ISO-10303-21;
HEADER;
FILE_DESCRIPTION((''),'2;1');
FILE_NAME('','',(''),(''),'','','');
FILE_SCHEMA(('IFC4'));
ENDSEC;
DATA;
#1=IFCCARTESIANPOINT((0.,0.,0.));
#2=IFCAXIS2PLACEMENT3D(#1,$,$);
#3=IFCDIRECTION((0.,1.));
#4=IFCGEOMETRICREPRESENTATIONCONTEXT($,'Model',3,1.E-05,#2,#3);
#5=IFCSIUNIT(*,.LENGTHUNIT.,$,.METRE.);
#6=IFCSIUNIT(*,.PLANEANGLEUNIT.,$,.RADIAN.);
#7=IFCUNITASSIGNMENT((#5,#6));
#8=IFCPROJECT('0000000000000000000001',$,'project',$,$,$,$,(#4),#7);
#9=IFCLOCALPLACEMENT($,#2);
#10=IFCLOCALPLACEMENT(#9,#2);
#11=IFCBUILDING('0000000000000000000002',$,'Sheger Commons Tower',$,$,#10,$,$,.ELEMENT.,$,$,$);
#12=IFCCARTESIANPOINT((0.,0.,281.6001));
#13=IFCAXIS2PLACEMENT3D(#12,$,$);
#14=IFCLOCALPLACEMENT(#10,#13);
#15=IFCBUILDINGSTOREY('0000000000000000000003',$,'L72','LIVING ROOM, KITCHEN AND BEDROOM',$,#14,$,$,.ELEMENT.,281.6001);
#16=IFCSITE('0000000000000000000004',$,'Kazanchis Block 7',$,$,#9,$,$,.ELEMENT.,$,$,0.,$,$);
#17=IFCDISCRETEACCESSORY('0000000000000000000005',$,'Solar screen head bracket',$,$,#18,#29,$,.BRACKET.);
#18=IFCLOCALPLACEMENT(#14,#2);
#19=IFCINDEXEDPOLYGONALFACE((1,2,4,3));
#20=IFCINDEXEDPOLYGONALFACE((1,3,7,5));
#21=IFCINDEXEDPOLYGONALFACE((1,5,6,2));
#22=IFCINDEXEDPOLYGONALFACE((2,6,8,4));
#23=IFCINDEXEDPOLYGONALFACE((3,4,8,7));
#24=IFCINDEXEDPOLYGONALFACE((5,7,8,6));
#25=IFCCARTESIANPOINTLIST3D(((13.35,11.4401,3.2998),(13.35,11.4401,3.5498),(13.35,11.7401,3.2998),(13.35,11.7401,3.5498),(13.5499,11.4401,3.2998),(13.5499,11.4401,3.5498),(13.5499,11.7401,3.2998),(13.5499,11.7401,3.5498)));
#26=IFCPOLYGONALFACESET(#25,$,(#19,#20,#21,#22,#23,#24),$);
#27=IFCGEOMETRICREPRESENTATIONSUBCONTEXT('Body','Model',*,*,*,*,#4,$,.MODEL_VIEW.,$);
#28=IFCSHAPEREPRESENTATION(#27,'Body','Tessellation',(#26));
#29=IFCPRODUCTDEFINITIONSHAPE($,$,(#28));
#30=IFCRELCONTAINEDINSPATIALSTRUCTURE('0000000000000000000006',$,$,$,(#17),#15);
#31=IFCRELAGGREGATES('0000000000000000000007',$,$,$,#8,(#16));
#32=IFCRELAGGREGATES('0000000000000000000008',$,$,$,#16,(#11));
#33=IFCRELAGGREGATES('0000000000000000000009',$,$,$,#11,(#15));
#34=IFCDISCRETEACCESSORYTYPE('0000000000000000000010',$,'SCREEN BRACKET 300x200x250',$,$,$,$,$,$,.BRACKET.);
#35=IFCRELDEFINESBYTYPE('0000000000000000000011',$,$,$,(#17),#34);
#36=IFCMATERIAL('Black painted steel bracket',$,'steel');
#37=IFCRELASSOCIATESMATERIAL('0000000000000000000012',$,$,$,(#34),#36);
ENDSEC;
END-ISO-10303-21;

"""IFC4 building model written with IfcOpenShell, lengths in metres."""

from ifc_helpers import new_model, si_unit, direction, frame, origin, origin_2d, place, context, subcontext, project, spatial, rectangle, extrude, material, type_object, element, save


model = new_model("IFC4")

# Units and contexts
model_context = context("Model", 3, precision=1e-05, world=origin(), true_north=direction((0.0, 1.0)))
body_context = subcontext(model_context, "Body", "Model", "MODEL_VIEW")
ifc_project = project(units=[si_unit("LENGTHUNIT", "METRE"), si_unit("PLANEANGLEUNIT", "RADIAN")], contexts=[model_context])

# Site, building, storey
site_placement = place(None, origin())
site = spatial("IfcSite", under=ifc_project, at=site_placement, Name="Kazanchis Block 7", CompositionType="ELEMENT", RefElevation=0.0)
building_placement = place(site_placement, origin())
building = spatial("IfcBuilding", under=site, at=building_placement, Name="Sheger Commons Tower", CompositionType="ELEMENT")
storey_placement = place(building_placement, frame((0.0, 0.0, 281.6001)))
storey = spatial("IfcBuildingStorey", under=building, at=storey_placement, Name="L72", Description="LIVING ROOM, KITCHEN AND BEDROOM", CompositionType="ELEMENT", Elevation=281.6001)

# Discrete accessory
ifc_material_1 = material(Name="Black painted steel bracket", Category="steel")
discrete_accessory_type = type_object("IfcDiscreteAccessoryType", Name="SCREEN BRACKET 300x200x250", PredefinedType="BRACKET", material=ifc_material_1)
for number, where, z_axis, x_axis, name in (
    (1, (13.45, 11.5901, 3.2998), (0.0, 0.0, 1.0), (0.0, -1.0, 0.0), "Solar screen head bracket"),
):
    element("IfcDiscreteAccessory", number, at=place(storey_placement, frame(where, z_axis=z_axis, x_axis=x_axis)), inside=storey, type_object=discrete_accessory_type, Name=name, PredefinedType="BRACKET", context=body_context, shape_type="SweptSolid", body=[
        extrude(rectangle(XDim=0.3, YDim=0.2, at=origin_2d()), origin(), (0.0, 0.0, 1.0), 0.25),
    ])

save(model, "model.ifc")
